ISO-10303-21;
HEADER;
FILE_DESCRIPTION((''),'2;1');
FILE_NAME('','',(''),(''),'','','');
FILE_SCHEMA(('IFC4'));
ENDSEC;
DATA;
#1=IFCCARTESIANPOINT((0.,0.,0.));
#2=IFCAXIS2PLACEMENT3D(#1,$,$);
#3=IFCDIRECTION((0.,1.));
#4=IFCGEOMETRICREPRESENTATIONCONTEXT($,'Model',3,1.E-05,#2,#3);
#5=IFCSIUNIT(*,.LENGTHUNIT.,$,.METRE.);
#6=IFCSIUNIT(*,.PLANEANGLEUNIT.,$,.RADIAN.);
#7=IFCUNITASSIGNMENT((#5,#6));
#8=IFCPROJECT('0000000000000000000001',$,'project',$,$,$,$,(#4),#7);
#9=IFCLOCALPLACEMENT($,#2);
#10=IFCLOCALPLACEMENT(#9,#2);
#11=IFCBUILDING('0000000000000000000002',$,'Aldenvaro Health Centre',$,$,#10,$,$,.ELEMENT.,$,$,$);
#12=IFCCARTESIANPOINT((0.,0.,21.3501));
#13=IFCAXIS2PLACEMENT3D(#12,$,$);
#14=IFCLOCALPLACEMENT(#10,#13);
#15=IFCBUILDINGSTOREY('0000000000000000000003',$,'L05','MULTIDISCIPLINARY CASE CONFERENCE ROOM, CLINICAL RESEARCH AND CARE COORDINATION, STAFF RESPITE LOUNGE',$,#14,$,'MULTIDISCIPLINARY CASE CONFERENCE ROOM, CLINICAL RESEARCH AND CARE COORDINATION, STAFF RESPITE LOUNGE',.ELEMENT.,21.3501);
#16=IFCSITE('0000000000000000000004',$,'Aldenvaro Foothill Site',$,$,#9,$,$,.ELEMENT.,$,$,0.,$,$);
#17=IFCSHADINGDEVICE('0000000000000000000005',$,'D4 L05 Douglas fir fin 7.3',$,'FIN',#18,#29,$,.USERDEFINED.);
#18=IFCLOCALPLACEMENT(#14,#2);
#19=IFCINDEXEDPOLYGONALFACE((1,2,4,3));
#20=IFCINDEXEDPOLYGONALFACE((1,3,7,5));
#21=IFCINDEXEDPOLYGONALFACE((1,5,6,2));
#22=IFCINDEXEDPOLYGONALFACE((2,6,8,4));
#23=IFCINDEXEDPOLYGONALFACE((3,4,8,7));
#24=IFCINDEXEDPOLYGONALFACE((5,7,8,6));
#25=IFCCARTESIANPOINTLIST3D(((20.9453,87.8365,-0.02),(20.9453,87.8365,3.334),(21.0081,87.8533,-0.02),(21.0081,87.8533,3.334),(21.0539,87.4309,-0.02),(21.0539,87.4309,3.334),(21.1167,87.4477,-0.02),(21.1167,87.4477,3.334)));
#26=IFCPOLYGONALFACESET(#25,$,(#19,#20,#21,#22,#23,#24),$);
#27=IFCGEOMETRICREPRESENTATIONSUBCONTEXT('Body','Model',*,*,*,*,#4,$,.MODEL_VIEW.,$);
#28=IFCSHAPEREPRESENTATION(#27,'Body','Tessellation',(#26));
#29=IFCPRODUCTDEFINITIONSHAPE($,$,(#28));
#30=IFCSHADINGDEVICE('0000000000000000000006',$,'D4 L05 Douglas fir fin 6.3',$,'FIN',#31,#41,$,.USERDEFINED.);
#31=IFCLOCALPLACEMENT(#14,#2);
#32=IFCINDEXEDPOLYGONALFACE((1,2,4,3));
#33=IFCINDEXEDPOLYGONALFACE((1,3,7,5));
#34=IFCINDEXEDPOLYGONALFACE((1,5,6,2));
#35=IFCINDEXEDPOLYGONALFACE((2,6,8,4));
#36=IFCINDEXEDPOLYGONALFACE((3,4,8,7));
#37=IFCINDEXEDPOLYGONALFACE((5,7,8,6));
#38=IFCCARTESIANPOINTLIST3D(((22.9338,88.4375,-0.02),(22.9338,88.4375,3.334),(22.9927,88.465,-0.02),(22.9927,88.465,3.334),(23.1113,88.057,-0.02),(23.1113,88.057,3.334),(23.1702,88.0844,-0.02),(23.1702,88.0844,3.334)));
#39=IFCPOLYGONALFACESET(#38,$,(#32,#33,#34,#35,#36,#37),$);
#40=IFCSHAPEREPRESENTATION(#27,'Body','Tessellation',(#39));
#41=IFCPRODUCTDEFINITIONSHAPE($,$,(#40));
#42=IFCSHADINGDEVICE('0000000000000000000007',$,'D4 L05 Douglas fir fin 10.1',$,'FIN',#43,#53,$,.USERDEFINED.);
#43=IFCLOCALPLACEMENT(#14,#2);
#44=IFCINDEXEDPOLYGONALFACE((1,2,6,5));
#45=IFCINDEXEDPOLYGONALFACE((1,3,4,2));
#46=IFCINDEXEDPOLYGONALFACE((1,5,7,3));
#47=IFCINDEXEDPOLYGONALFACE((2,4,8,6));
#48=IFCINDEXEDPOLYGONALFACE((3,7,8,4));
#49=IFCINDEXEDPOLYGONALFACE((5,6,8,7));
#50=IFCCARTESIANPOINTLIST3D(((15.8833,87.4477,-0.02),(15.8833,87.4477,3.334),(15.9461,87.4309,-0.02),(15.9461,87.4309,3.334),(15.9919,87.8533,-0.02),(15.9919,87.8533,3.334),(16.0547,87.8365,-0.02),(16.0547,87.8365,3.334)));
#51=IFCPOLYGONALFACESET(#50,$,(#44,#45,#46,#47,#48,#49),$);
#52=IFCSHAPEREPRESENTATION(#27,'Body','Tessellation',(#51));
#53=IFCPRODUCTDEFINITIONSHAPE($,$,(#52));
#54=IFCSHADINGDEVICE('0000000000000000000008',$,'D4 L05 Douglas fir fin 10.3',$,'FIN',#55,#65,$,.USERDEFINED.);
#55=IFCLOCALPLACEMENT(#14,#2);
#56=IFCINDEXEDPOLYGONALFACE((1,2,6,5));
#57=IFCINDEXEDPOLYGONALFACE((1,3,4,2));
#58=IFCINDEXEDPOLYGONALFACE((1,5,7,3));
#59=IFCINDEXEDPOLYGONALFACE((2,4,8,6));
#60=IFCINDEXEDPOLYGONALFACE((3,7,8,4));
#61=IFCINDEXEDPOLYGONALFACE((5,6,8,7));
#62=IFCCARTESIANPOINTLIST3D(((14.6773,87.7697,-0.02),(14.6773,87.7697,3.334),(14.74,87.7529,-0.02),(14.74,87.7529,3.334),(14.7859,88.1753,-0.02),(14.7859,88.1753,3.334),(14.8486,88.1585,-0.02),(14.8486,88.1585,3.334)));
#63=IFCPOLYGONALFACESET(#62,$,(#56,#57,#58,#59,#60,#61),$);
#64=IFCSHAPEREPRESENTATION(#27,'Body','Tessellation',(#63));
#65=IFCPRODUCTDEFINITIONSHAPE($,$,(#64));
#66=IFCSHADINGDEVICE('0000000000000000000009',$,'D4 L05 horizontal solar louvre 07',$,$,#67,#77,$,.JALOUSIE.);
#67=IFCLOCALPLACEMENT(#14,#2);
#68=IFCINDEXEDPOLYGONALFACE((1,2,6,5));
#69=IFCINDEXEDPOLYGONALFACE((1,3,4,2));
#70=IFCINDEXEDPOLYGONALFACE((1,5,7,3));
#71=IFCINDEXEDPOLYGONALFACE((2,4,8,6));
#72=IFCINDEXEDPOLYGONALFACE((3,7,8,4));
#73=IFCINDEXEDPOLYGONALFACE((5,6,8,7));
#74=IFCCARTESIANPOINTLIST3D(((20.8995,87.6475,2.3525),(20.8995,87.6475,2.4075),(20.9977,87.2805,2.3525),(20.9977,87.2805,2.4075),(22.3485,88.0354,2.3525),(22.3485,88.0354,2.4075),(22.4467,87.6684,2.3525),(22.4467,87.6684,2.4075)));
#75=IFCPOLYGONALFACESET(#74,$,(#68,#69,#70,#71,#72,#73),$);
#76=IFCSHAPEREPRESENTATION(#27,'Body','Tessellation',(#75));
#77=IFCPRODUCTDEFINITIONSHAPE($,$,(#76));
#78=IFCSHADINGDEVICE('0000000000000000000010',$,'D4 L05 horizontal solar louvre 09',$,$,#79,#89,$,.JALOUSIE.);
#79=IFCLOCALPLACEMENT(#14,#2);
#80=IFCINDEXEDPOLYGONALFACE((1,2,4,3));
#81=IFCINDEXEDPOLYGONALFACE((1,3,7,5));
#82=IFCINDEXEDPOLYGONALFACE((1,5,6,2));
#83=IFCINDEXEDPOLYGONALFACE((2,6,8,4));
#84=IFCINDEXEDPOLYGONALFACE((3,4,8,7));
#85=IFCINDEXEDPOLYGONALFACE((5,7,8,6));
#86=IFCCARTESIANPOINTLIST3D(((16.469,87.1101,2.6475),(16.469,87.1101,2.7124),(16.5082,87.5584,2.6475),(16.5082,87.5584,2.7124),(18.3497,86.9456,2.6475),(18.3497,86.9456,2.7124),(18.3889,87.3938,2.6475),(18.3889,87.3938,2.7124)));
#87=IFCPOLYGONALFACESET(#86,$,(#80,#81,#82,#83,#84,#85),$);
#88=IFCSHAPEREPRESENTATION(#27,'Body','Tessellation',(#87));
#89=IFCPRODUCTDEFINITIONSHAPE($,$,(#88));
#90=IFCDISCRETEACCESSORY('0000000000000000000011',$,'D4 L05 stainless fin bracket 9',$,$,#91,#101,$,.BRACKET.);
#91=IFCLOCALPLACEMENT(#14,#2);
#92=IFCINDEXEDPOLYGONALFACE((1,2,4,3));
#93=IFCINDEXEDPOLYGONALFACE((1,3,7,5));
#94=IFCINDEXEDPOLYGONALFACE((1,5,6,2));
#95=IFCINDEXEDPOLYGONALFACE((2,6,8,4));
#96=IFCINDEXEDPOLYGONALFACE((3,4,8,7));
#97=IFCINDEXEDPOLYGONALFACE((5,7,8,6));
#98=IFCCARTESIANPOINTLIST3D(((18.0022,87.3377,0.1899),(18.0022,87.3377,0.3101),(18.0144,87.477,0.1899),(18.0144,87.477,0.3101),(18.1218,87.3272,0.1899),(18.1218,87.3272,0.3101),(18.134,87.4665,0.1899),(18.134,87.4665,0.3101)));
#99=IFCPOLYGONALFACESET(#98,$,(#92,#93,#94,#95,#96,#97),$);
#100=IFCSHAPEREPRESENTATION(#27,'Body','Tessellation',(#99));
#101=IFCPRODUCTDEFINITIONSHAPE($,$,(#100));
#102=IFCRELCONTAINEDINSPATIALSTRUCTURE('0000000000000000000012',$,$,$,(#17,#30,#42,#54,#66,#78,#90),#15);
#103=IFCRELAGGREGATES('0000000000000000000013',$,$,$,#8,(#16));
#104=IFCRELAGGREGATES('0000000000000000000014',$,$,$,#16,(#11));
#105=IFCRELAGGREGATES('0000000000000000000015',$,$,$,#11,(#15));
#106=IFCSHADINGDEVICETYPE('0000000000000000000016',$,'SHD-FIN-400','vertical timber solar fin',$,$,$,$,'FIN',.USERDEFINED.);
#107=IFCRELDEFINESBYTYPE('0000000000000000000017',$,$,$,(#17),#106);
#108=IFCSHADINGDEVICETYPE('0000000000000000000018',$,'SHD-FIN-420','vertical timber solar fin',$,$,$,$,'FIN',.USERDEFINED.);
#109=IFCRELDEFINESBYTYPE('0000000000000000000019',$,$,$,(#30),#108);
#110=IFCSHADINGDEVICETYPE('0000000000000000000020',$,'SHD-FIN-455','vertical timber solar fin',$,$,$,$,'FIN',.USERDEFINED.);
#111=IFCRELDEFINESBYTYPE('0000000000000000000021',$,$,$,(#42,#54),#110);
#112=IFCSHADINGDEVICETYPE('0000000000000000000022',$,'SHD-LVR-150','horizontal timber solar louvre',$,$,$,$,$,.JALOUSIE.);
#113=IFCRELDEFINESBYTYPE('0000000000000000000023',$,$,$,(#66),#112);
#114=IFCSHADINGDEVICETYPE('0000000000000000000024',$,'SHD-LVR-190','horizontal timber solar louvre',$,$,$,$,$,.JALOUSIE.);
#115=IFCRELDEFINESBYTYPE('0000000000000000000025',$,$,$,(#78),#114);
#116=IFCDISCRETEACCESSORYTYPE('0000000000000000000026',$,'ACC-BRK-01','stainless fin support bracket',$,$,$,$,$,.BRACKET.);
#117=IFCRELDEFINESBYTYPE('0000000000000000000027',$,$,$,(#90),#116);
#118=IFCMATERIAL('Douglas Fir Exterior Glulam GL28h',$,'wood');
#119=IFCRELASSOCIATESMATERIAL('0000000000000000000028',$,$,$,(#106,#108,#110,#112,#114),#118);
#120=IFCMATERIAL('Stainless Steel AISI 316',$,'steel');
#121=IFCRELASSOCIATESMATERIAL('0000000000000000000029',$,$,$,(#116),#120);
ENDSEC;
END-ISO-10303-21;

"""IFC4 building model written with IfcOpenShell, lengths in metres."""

from ifc_helpers import new_model, si_unit, direction, frame, origin, origin_2d, place, context, subcontext, project, spatial, rectangle, extrude, material, type_object, element, save


model = new_model("IFC4")

# Units and contexts
model_context = context("Model", 3, precision=1e-05, world=origin(), true_north=direction((0.0, 1.0)))
body_context = subcontext(model_context, "Body", "Model", "MODEL_VIEW")
ifc_project = project(units=[si_unit("LENGTHUNIT", "METRE"), si_unit("PLANEANGLEUNIT", "RADIAN")], contexts=[model_context])

# Site, building, storey
site_placement = place(None, origin())
site = spatial("IfcSite", under=ifc_project, at=site_placement, Name="Aldenvaro Foothill Site", CompositionType="ELEMENT", RefElevation=0.0)
building_placement = place(site_placement, origin())
building = spatial("IfcBuilding", under=site, at=building_placement, Name="Aldenvaro Health Centre", CompositionType="ELEMENT")
storey_placement = place(building_placement, frame((0.0, 0.0, 21.3501)))
storey = spatial("IfcBuildingStorey", under=building, at=storey_placement, Name="L05", Description="MULTIDISCIPLINARY CASE CONFERENCE ROOM, CLINICAL RESEARCH AND CARE COORDINATION, STAFF RESPITE LOUNGE", LongName="MULTIDISCIPLINARY CASE CONFERENCE ROOM, CLINICAL RESEARCH AND CARE COORDINATION, STAFF RESPITE LOUNGE", CompositionType="ELEMENT", Elevation=21.3501)

# Shading devices
ifc_material_1 = material(Name="Douglas Fir Exterior Glulam GL28h", Category="wood")
shading_device_type_1 = type_object("IfcShadingDeviceType", Name="SHD-FIN-400", Description="vertical timber solar fin", ElementType="FIN", PredefinedType="USERDEFINED", material=ifc_material_1)
for number, where, z_axis, x_axis, name in (
    (1, (21.031, 87.6421, -0.02), (0.0, 0.0, 1.0), (-0.96598, -0.258616, 0.0), "D4 L05 Douglas fir fin 7.3"),
):
    element("IfcShadingDevice", number, at=place(storey_placement, frame(where, z_axis=z_axis, x_axis=x_axis)), inside=storey, type_object=shading_device_type_1, Name=name, ObjectType="FIN", PredefinedType="USERDEFINED", context=body_context, shape_type="SweptSolid", body=[
        extrude(rectangle(XDim=0.0649, YDim=0.4199, at=origin_2d()), origin(), (0.0, 0.0, 1.0), 3.354),
    ])
shading_device_type_2 = type_object("IfcShadingDeviceType", Name="SHD-FIN-420", Description="vertical timber solar fin", ElementType="FIN", PredefinedType="USERDEFINED", material=ifc_material_1)
shading_device_1_placement = place(storey_placement, frame((23.052, 88.261, -0.02), z_axis=(0.0, 0.0, 1.0), x_axis=(-0.906257, -0.422728, 0.0)))
element("IfcShadingDevice", 2, at=shading_device_1_placement, inside=storey, type_object=shading_device_type_2, Name="D4 L05 Douglas fir fin 6.3", ObjectType="FIN", PredefinedType="USERDEFINED", context=body_context, shape_type="SweptSolid", body=[
    extrude(rectangle(XDim=0.0649, YDim=0.4199, at=origin_2d()), origin(), (0.0, 0.0, 1.0), 3.354),
])
shading_device_type_3 = type_object("IfcShadingDeviceType", Name="SHD-FIN-455", Description="vertical timber solar fin", ElementType="FIN", PredefinedType="USERDEFINED", material=ifc_material_1)
for number, where, z_axis, x_axis, name in (
    (3, (15.969, 87.6421, -0.02), (0.0, 0.0, 1.0), (-0.96598, 0.258616, 0.0), "D4 L05 Douglas fir fin 10.1"),
    (4, (14.7629, 87.9641, -0.02), (0.0, 0.0, 1.0), (-0.96598, 0.258616, 0.0), "D4 L05 Douglas fir fin 10.3"),
):
    element("IfcShadingDevice", number, at=place(storey_placement, frame(where, z_axis=z_axis, x_axis=x_axis)), inside=storey, type_object=shading_device_type_3, Name=name, ObjectType="FIN", PredefinedType="USERDEFINED", context=body_context, shape_type="SweptSolid", body=[
        extrude(rectangle(XDim=0.0649, YDim=0.4199, at=origin_2d()), origin(), (0.0, 0.0, 1.0), 3.354),
    ])
shading_device_type_4 = type_object("IfcShadingDeviceType", Name="SHD-LVR-150", Description="horizontal timber solar louvre", PredefinedType="JALOUSIE", material=ifc_material_1)
shading_device_2_placement = place(storey_placement, frame((21.6731, 87.658, 2.3525), z_axis=(0.0, 0.0, 1.0), x_axis=(-0.96598, -0.258616, 0.0)))
element("IfcShadingDevice", 5, at=shading_device_2_placement, inside=storey, type_object=shading_device_type_4, Name="D4 L05 horizontal solar louvre 07", PredefinedType="JALOUSIE", context=body_context, shape_type="SweptSolid", body=[
    extrude(rectangle(XDim=1.5, YDim=0.3799, at=origin_2d()), origin(), (0.0, 0.0, 1.0), 0.0549),
])
shading_device_type_5 = type_object("IfcShadingDeviceType", Name="SHD-LVR-190", Description="horizontal timber solar louvre", PredefinedType="JALOUSIE", material=ifc_material_1)
shading_device_3_placement = place(storey_placement, frame((17.429, 87.252, 2.6475), z_axis=(0.0, 0.0, 1.0), x_axis=(-0.996194, 0.087167, 0.0)))
element("IfcShadingDevice", 6, at=shading_device_3_placement, inside=storey, type_object=shading_device_type_5, Name="D4 L05 horizontal solar louvre 09", PredefinedType="JALOUSIE", context=body_context, shape_type="SweptSolid", body=[
    extrude(rectangle(XDim=1.8879, YDim=0.45, at=origin_2d()), origin(), (0.0, 0.0, 1.0), 0.0649),
])

# Discrete accessory
ifc_material_2 = material(Name="Stainless Steel AISI 316", Category="steel")
discrete_accessory_type = type_object("IfcDiscreteAccessoryType", Name="ACC-BRK-01", Description="stainless fin support bracket", PredefinedType="BRACKET", material=ifc_material_2)
discrete_accessory_placement = place(storey_placement, frame((18.0681, 87.4021, 0.1899), z_axis=(0.0, 0.0, 1.0), x_axis=(-0.996194, 0.087167, 0.0)))
element("IfcDiscreteAccessory", 7, at=discrete_accessory_placement, inside=storey, type_object=discrete_accessory_type, Name="D4 L05 stainless fin bracket 9", PredefinedType="BRACKET", context=body_context, shape_type="SweptSolid", body=[
    extrude(rectangle(XDim=0.1201, YDim=0.1399, at=origin_2d()), origin(), (0.0, 0.0, 1.0), 0.1201),
])

save(model, "model.ifc")
